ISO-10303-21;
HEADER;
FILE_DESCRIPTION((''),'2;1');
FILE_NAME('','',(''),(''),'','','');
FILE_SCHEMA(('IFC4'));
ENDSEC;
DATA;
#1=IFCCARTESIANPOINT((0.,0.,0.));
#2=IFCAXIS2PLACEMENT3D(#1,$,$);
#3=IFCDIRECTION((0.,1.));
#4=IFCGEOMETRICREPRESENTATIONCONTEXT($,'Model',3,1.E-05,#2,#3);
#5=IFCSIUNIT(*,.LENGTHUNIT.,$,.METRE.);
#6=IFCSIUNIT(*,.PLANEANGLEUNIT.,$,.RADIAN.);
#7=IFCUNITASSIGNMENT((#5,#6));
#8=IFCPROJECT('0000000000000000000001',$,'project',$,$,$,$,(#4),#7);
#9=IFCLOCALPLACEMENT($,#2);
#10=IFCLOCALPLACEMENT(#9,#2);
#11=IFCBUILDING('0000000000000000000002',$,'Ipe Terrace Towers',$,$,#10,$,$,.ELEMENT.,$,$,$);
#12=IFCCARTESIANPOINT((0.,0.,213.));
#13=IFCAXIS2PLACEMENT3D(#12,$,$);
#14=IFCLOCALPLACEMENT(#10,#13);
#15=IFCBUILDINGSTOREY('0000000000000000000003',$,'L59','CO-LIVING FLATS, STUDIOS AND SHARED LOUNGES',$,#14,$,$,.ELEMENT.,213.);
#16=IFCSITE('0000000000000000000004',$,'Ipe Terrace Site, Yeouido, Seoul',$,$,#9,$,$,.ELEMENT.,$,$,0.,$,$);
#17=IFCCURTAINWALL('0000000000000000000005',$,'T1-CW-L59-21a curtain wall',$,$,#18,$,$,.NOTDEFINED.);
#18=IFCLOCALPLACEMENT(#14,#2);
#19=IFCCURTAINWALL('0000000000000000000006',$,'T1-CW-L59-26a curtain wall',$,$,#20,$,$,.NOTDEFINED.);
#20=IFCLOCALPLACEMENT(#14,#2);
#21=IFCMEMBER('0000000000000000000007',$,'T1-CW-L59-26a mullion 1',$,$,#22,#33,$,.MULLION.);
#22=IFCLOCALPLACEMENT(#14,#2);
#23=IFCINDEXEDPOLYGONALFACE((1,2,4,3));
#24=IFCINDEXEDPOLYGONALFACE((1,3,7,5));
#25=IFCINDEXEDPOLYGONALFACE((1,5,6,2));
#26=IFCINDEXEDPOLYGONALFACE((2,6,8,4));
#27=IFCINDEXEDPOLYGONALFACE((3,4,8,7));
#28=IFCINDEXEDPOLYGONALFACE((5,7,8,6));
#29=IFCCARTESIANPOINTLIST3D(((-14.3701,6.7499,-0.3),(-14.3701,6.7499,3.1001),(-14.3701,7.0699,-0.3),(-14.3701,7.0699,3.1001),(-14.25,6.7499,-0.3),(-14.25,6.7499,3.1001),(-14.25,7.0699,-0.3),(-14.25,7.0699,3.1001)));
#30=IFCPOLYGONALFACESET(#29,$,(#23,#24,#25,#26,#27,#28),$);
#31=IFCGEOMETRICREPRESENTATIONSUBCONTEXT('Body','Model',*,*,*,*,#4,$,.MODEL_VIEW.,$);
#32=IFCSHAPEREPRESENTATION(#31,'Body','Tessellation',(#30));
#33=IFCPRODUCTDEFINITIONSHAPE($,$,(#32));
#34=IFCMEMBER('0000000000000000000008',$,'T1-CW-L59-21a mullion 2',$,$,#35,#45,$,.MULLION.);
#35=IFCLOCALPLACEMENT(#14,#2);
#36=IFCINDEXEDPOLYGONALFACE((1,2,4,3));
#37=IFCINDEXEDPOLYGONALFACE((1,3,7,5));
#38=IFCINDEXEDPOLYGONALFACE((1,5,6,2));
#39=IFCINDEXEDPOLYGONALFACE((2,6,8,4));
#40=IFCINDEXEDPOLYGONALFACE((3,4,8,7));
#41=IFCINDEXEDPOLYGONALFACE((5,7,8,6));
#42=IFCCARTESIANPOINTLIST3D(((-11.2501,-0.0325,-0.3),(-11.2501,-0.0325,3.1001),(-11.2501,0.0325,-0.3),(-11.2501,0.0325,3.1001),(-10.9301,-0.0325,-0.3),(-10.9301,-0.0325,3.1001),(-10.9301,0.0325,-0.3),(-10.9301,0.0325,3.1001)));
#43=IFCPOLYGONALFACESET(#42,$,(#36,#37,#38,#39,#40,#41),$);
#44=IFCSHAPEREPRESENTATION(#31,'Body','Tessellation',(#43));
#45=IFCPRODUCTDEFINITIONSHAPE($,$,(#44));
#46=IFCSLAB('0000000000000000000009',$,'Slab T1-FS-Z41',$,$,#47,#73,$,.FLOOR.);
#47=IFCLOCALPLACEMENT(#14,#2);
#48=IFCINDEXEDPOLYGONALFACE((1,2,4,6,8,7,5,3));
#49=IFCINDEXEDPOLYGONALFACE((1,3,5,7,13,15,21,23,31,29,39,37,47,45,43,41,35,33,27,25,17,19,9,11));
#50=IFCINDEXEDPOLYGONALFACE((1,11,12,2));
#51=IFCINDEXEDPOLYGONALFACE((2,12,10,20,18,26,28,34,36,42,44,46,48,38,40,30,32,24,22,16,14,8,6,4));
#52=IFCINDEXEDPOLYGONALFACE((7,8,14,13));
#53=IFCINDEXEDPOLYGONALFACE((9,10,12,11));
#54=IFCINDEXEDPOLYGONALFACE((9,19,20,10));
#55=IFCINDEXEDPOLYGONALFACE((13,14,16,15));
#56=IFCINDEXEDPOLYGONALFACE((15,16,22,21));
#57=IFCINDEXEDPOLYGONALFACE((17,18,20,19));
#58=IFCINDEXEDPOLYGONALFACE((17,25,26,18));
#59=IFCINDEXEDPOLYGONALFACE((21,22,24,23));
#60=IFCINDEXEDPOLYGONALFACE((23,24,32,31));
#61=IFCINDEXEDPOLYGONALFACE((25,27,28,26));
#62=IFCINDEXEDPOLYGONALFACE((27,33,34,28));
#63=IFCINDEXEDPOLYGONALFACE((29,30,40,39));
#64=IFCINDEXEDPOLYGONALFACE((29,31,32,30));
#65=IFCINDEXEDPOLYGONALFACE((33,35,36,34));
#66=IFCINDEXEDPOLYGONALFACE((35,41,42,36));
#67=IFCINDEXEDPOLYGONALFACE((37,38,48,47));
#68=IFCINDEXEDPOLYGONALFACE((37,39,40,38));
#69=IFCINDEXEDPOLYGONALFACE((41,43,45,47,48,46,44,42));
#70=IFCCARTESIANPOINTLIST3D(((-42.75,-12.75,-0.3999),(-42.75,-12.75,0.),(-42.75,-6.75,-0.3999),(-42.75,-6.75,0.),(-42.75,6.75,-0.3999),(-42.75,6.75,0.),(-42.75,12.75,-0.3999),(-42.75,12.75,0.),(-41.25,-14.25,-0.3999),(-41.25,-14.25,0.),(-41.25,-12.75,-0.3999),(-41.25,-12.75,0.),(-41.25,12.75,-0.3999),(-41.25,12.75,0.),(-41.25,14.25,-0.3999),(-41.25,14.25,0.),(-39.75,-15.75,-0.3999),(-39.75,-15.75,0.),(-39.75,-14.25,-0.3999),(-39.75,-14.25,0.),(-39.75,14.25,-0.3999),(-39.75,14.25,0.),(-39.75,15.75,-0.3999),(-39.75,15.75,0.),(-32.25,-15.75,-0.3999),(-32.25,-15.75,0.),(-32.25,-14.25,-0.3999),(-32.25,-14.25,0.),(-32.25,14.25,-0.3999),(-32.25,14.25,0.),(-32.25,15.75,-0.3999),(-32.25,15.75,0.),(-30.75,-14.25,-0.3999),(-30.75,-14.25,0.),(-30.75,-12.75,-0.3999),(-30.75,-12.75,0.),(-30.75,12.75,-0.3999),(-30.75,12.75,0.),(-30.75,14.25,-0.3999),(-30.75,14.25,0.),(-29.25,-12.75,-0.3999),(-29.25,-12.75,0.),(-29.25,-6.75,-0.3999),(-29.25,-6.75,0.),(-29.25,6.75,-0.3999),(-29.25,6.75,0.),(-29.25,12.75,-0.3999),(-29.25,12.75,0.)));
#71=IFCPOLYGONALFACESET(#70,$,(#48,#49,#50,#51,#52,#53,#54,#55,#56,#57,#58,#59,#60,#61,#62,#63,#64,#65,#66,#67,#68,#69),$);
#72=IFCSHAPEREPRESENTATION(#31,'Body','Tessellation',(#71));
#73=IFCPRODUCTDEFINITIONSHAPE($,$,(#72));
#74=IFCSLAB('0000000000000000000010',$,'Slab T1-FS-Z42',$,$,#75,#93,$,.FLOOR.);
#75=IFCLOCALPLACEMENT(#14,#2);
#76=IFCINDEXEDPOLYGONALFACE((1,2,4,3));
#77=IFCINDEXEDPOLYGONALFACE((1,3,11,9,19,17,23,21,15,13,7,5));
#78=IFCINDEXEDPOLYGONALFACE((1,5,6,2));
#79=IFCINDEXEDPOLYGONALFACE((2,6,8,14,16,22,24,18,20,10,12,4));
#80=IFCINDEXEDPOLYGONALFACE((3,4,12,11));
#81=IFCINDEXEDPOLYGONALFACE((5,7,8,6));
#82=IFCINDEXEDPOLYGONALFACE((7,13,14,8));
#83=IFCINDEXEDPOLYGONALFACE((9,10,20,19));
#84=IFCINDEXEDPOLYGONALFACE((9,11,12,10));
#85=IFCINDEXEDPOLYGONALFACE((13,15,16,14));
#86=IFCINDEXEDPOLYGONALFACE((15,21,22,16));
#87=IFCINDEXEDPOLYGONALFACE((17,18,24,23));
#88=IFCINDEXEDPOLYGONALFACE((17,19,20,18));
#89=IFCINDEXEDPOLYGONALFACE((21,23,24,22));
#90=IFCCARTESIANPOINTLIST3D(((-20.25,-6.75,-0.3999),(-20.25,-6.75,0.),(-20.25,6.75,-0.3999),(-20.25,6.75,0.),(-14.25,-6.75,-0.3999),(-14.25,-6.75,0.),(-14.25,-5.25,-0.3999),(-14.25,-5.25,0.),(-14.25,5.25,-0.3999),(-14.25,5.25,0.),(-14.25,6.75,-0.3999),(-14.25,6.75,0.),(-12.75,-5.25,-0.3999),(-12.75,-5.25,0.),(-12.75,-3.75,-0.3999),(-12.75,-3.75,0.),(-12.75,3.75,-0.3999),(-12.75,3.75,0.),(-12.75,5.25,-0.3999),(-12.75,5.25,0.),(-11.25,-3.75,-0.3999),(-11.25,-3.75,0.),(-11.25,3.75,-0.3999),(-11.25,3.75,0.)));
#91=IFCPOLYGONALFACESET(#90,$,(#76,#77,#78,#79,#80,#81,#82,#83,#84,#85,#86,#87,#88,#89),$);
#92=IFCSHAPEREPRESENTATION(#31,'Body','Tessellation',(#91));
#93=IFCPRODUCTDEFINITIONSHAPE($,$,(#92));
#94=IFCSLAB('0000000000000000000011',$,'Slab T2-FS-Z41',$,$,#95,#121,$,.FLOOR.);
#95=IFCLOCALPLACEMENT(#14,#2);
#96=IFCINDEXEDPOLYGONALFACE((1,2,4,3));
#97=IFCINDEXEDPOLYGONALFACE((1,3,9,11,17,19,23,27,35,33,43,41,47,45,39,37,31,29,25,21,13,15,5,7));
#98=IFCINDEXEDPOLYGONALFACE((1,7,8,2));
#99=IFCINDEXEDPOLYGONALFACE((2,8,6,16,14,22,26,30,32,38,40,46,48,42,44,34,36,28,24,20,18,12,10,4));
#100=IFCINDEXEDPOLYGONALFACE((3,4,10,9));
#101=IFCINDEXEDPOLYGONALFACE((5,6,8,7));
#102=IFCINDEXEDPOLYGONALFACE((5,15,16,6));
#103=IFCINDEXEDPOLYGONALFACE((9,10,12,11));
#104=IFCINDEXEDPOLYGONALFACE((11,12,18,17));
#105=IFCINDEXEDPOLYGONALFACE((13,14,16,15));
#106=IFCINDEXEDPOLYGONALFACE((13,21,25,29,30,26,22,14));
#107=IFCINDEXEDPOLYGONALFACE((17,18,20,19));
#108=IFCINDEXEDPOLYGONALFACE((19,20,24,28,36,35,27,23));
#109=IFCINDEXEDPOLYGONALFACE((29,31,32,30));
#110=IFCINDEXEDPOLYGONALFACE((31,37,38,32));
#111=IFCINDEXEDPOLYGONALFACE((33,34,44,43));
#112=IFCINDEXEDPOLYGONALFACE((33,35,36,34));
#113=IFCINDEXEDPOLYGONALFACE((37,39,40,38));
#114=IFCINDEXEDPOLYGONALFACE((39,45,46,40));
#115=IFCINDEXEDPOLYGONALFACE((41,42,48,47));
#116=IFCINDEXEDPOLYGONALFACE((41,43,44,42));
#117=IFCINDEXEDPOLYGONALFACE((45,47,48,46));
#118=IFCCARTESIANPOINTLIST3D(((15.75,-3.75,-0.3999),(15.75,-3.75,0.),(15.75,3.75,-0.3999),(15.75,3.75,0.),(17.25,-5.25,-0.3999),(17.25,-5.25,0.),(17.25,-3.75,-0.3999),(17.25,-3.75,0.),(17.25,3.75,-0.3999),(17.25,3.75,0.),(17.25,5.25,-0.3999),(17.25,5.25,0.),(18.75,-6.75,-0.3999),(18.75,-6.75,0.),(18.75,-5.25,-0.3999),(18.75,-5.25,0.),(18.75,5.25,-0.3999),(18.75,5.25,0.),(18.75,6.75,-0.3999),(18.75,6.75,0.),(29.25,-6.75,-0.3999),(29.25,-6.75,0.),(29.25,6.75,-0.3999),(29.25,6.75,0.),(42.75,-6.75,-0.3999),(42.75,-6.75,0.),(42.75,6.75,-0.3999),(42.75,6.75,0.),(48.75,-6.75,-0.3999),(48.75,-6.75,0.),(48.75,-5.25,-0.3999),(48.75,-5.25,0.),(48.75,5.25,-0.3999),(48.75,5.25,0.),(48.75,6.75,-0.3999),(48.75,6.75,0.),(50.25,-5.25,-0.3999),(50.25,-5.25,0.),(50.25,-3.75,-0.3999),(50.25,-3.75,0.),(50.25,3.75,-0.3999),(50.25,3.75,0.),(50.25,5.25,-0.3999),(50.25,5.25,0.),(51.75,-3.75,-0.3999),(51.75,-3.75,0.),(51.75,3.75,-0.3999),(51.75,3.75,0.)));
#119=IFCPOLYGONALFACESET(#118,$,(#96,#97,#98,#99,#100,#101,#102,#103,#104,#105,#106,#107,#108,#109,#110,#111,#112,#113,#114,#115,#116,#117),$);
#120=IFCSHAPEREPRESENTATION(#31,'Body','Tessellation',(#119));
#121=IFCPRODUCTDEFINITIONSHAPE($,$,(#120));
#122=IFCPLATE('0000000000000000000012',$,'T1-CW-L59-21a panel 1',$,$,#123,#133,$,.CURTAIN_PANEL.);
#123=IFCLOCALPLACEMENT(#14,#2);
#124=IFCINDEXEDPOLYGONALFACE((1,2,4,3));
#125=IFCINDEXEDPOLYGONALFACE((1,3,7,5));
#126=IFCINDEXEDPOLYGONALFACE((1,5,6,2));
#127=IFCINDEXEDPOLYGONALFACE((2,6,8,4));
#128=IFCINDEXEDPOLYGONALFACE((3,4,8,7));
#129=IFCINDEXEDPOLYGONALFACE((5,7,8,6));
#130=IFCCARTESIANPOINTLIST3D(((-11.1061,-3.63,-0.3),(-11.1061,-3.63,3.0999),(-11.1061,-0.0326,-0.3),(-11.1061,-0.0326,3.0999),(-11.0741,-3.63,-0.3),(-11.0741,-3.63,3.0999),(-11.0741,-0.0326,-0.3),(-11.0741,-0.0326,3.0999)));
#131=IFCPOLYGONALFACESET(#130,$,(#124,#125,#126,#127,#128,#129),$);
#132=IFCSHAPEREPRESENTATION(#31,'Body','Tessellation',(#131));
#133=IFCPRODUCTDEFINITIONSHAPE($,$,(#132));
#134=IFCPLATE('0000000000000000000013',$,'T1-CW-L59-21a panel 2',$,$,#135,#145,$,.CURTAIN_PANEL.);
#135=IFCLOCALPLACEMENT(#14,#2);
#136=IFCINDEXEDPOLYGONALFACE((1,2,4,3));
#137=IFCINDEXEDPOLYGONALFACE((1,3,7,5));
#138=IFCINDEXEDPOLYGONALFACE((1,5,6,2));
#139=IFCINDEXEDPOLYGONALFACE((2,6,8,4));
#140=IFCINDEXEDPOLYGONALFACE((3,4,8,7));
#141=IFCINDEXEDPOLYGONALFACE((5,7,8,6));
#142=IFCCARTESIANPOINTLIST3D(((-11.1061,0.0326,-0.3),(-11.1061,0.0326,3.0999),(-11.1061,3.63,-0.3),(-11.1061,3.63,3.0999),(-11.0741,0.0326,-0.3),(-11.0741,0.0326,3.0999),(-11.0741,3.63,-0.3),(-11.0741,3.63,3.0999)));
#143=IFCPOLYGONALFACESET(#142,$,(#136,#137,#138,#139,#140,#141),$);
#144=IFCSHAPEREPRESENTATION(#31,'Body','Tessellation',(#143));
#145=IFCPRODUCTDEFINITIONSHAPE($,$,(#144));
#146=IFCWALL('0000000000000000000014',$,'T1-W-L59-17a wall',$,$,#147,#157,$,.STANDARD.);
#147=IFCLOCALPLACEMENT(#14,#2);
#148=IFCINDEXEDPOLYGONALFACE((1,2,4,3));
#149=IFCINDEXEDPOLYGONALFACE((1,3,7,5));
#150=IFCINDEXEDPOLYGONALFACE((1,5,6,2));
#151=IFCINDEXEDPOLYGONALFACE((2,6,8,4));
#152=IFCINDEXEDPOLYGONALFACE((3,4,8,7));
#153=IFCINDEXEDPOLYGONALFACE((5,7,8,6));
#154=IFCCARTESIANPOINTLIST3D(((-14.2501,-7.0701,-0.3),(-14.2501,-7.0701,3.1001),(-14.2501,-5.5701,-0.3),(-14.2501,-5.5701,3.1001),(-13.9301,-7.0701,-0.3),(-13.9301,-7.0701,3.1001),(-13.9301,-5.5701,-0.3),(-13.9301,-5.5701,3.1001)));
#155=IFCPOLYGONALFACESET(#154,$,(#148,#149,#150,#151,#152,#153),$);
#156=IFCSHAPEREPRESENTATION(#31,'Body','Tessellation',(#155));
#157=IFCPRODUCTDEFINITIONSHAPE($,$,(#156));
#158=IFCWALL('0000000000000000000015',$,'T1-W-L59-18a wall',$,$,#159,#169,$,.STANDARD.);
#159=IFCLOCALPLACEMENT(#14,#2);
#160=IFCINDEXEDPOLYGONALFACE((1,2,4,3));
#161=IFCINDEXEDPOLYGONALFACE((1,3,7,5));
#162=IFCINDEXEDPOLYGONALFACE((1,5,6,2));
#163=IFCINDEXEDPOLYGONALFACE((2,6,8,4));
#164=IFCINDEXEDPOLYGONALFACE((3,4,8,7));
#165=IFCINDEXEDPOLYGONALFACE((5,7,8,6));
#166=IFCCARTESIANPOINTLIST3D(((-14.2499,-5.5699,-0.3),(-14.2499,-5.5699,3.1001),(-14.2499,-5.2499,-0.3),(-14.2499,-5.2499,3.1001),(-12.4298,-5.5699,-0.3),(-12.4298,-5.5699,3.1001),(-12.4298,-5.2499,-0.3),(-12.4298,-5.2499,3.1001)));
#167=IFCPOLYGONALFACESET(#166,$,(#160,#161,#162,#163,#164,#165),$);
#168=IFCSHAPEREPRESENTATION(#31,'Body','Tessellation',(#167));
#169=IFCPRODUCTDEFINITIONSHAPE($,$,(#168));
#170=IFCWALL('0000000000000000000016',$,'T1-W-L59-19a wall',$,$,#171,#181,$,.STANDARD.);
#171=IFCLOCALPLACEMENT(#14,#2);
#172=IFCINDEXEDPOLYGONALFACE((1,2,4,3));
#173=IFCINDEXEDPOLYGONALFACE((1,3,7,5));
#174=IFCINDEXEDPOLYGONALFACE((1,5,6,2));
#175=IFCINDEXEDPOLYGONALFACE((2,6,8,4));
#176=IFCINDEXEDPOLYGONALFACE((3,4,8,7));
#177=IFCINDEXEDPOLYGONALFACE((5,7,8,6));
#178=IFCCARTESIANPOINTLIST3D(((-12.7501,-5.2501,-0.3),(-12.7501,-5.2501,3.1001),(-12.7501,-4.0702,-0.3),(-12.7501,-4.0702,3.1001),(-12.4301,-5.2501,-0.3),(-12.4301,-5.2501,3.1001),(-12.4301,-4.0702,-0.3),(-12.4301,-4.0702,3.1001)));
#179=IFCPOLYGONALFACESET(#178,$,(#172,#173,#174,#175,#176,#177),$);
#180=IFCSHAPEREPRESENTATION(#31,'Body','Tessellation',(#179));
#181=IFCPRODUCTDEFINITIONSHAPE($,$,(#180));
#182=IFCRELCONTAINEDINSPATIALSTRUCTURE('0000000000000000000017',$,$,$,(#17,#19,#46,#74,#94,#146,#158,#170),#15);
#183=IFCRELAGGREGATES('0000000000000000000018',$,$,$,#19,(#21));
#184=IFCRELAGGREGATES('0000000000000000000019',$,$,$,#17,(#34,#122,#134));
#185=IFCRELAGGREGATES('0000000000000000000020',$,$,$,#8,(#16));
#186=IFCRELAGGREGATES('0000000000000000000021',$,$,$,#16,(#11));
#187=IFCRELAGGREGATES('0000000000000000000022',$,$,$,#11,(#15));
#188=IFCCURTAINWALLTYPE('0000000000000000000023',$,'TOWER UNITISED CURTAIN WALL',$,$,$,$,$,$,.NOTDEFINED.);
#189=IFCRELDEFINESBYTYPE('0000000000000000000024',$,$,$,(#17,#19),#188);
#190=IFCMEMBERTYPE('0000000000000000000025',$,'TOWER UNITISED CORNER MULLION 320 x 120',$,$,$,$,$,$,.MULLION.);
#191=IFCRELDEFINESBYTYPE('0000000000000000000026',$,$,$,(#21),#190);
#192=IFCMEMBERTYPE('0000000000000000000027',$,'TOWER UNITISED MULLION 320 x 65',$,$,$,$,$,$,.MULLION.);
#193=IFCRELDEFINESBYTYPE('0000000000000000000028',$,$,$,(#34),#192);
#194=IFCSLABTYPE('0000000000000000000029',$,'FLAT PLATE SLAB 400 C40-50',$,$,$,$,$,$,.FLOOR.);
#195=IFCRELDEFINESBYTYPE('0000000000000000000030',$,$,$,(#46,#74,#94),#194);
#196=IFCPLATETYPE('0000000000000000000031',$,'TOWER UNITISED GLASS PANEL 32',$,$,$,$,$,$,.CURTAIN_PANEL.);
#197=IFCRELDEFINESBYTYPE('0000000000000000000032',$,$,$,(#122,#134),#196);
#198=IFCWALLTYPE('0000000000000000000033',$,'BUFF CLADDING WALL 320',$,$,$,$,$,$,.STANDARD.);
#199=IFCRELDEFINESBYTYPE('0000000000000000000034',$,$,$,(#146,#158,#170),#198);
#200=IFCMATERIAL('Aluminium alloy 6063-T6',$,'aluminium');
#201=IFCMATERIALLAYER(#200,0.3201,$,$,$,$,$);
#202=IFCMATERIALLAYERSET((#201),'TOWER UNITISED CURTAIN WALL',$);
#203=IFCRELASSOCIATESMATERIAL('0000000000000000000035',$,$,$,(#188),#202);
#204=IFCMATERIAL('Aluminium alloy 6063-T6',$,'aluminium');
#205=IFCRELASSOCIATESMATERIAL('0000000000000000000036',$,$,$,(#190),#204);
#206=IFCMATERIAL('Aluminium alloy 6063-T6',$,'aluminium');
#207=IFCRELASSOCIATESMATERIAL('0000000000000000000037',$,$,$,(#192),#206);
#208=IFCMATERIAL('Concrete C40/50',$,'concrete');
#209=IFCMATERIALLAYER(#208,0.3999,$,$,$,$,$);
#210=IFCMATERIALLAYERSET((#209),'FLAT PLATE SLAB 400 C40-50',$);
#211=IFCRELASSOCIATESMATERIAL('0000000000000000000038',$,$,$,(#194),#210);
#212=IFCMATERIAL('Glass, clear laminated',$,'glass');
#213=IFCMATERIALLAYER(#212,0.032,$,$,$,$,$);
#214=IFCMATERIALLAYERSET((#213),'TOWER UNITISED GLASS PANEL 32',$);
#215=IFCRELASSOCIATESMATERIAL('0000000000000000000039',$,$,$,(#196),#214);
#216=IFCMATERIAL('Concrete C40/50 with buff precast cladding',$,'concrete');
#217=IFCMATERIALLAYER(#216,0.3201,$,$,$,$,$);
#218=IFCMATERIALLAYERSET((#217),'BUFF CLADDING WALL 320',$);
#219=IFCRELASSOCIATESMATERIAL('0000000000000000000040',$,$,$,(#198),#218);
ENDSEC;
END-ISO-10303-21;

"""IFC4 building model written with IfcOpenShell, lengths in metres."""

from ifc_helpers import new_model, si_unit, direction, frame, frame_2d, origin, origin_2d, place, context, subcontext, project, spatial, polyline, rectangle, outline, extrude, material, layer, layer_set, material_profile, profile_set, type_object, element, aggregate, save


model = new_model("IFC4")

# Units and contexts
model_context = context("Model", 3, precision=1e-05, world=origin(), true_north=direction((0.0, 1.0)))
body_context = subcontext(model_context, "Body", "Model", "MODEL_VIEW")
ifc_project = project(units=[si_unit("LENGTHUNIT", "METRE"), si_unit("PLANEANGLEUNIT", "RADIAN")], contexts=[model_context])

# Site, building, storey
site_placement = place(None, origin())
site = spatial("IfcSite", under=ifc_project, at=site_placement, Name="Ipe Terrace Site, Yeouido, Seoul", CompositionType="ELEMENT", RefElevation=0.0)
building_placement = place(site_placement, origin())
building = spatial("IfcBuilding", under=site, at=building_placement, Name="Ipe Terrace Towers", CompositionType="ELEMENT")
storey_placement = place(building_placement, frame((0.0, 0.0, 213.0)))
storey = spatial("IfcBuildingStorey", under=building, at=storey_placement, Name="L59", Description="CO-LIVING FLATS, STUDIOS AND SHARED LOUNGES", CompositionType="ELEMENT", Elevation=213.0)

# Curtain wall
ifc_material_1 = material(Name="Aluminium alloy 6063-T6", Category="aluminium")
ifc_layer_1 = layer(ifc_material_1, 0.3201)
ifc_layer_set_1 = layer_set([ifc_layer_1], Name="TOWER UNITISED CURTAIN WALL")
curtain_wall_type = type_object("IfcCurtainWallType", Name="TOWER UNITISED CURTAIN WALL", PredefinedType="NOTDEFINED", material=ifc_layer_set_1)
curtain_wall_1_placement = place(storey_placement, origin())
curtain_wall_1 = element("IfcCurtainWall", 1, at=curtain_wall_1_placement, inside=storey, type_object=curtain_wall_type, Name="T1-CW-L59-21a curtain wall", PredefinedType="NOTDEFINED")
ifc_material_2 = material(Name="Aluminium alloy 6063-T6", Category="aluminium")
ifc_material_profile_1 = material_profile(ifc_material_2, rectangle(XDim=0.3201, YDim=0.1201, at=origin_2d()), Name="TOWER UNITISED CORNER MULLION 320 x 120")
ifc_profile_set_1 = profile_set([ifc_material_profile_1], Name="Aluminium alloy 6063-T6")
member_type_1 = type_object("IfcMemberType", Name="TOWER UNITISED CORNER MULLION 320 x 120", PredefinedType="MULLION", material=ifc_profile_set_1)

# Curtain wall, member
curtain_wall_2_placement = place(storey_placement, origin())
curtain_wall_2 = element("IfcCurtainWall", 2, at=curtain_wall_2_placement, inside=storey, type_object=curtain_wall_type, Name="T1-CW-L59-26a curtain wall", PredefinedType="NOTDEFINED")
member_1_placement = place(storey_placement, frame((-14.3101, 6.9099, -0.3), z_axis=(0.0, 0.0, 1.0), x_axis=(0.0, 1.0, 0.0)))
member_1 = element("IfcMember", 3, at=member_1_placement, type_object=member_type_1, Name="T1-CW-L59-26a mullion 1", PredefinedType="MULLION", context=body_context, shape_type="SweptSolid", body=[
    extrude(rectangle(XDim=0.3201, YDim=0.1201, at=origin_2d()), origin(), (0.0, 0.0, 1.0), 3.4001),
])
aggregate(curtain_wall_2, [member_1])

# Member
ifc_material_3 = material(Name="Aluminium alloy 6063-T6", Category="aluminium")
ifc_material_profile_2 = material_profile(ifc_material_3, rectangle(XDim=0.3201, YDim=0.0649, at=origin_2d()), Name="TOWER UNITISED MULLION 320 x 65")
ifc_profile_set_2 = profile_set([ifc_material_profile_2], Name="Aluminium alloy 6063-T6")
member_type_2 = type_object("IfcMemberType", Name="TOWER UNITISED MULLION 320 x 65", PredefinedType="MULLION", material=ifc_profile_set_2)
member_2_placement = place(storey_placement, frame((-11.0901, 0.0, -0.3), z_axis=(0.0, 0.0, 1.0), x_axis=(1.0, 0.0, 0.0)))
member_2 = element("IfcMember", 4, at=member_2_placement, type_object=member_type_2, Name="T1-CW-L59-21a mullion 2", PredefinedType="MULLION", context=body_context, shape_type="SweptSolid", body=[
    extrude(rectangle(XDim=0.3201, YDim=0.0649, at=origin_2d()), origin(), (0.0, 0.0, 1.0), 3.4001),
])

# Slabs
ifc_material_4 = material(Name="Concrete C40/50", Category="concrete")
ifc_layer_2 = layer(ifc_material_4, 0.3999)
ifc_layer_set_2 = layer_set([ifc_layer_2], Name="FLAT PLATE SLAB 400 C40-50")
slab_type = type_object("IfcSlabType", Name="FLAT PLATE SLAB 400 C40-50", PredefinedType="FLOOR", material=ifc_layer_set_2)
slab_1_placement = place(storey_placement, frame((0.0, 0.0, -0.3999)))
element("IfcSlab", 5, at=slab_1_placement, inside=storey, type_object=slab_type, Name="Slab T1-FS-Z41", PredefinedType="FLOOR", context=body_context, shape_type="SweptSolid", body=[
    extrude(outline(polyline([(-30.75, -12.75), (-30.75, -14.25), (-32.25, -14.25), (-32.25, -15.75), (-39.75, -15.75), (-39.75, -14.25), (-41.25, -14.25), (-41.25, -12.75), (-42.75, -12.75), (-42.75, -6.75), (-42.75, 6.75), (-42.75, 12.75), (-41.25, 12.75), (-41.25, 14.25), (-39.75, 14.25), (-39.75, 15.75), (-32.25, 15.75), (-32.25, 14.25), (-30.75, 14.25), (-30.75, 12.75), (-29.25, 12.75), (-29.25, 6.75), (-29.25, -6.75), (-29.25, -12.75), (-30.75, -12.75)])), origin(), (0.0, 0.0, 1.0), 0.3999),
])
slab_2_placement = place(storey_placement, frame((0.0, 0.0, -0.3999)))
element("IfcSlab", 6, at=slab_2_placement, inside=storey, type_object=slab_type, Name="Slab T1-FS-Z42", PredefinedType="FLOOR", context=body_context, shape_type="SweptSolid", body=[
    extrude(outline(polyline([(-14.25, 5.25), (-12.75, 5.25), (-12.75, 3.75), (-11.25, 3.75), (-11.25, -3.75), (-12.75, -3.75), (-12.75, -5.25), (-14.25, -5.25), (-14.25, -6.75), (-20.25, -6.75), (-20.25, 6.75), (-14.25, 6.75), (-14.25, 5.25)])), origin(), (0.0, 0.0, 1.0), 0.3999),
])
slab_3_placement = place(storey_placement, frame((0.0, 0.0, -0.3999)))
element("IfcSlab", 7, at=slab_3_placement, inside=storey, type_object=slab_type, Name="Slab T2-FS-Z41", PredefinedType="FLOOR", context=body_context, shape_type="SweptSolid", body=[
    extrude(outline(polyline([(48.75, 5.25), (50.25, 5.25), (50.25, 3.75), (51.75, 3.75), (51.75, -3.75), (50.25, -3.75), (50.25, -5.25), (48.75, -5.25), (48.75, -6.75), (42.75, -6.75), (29.25, -6.75), (18.75, -6.75), (18.75, -5.25), (17.25, -5.25), (17.25, -3.75), (15.75, -3.75), (15.75, 3.75), (17.25, 3.75), (17.25, 5.25), (18.75, 5.25), (18.75, 6.75), (29.25, 6.75), (42.75, 6.75), (48.75, 6.75), (48.75, 5.25)])), origin(), (0.0, 0.0, 1.0), 0.3999),
])

# Plates
ifc_material_5 = material(Name="Glass, clear laminated", Category="glass")
ifc_layer_3 = layer(ifc_material_5, 0.032)
ifc_layer_set_3 = layer_set([ifc_layer_3], Name="TOWER UNITISED GLASS PANEL 32")
plate_type = type_object("IfcPlateType", Name="TOWER UNITISED GLASS PANEL 32", PredefinedType="CURTAIN_PANEL", material=ifc_layer_set_3)
plate_1_placement = place(storey_placement, frame((-11.0901, -1.8313, -0.3), z_axis=(0.0, 0.0, 1.0), x_axis=(0.0, 1.0, 0.0)))
plate_1 = element("IfcPlate", 8, at=plate_1_placement, type_object=plate_type, Name="T1-CW-L59-21a panel 1", PredefinedType="CURTAIN_PANEL", context=body_context, shape_type="SweptSolid", body=[
    extrude(rectangle(XDim=3.5974, YDim=0.032, at=origin_2d()), origin(), (0.0, 0.0, 1.0), 3.3999),
])
plate_2_placement = place(storey_placement, frame((-11.0901, 1.8313, -0.3), z_axis=(0.0, 0.0, 1.0), x_axis=(0.0, 1.0, 0.0)))
plate_2 = element("IfcPlate", 9, at=plate_2_placement, type_object=plate_type, Name="T1-CW-L59-21a panel 2", PredefinedType="CURTAIN_PANEL", context=body_context, shape_type="SweptSolid", body=[
    extrude(rectangle(XDim=3.5974, YDim=0.032, at=origin_2d()), origin(), (0.0, 0.0, 1.0), 3.3999),
])
aggregate(curtain_wall_1, [member_2, plate_1, plate_2])

# Walls
ifc_material_6 = material(Name="Concrete C40/50 with buff precast cladding", Category="concrete")
ifc_layer_4 = layer(ifc_material_6, 0.3201)
ifc_layer_set_4 = layer_set([ifc_layer_4], Name="BUFF CLADDING WALL 320")
wall_type = type_object("IfcWallType", Name="BUFF CLADDING WALL 320", PredefinedType="STANDARD", material=ifc_layer_set_4)
wall_1_placement = place(storey_placement, frame((-14.0901, -7.0701, -0.3), z_axis=(0.0, 0.0, 1.0), x_axis=(0.0, 1.0, 0.0)))
element("IfcWall", 10, at=wall_1_placement, inside=storey, type_object=wall_type, Name="T1-W-L59-17a wall", PredefinedType="STANDARD", context=body_context, shape_type="SweptSolid", body=[
    extrude(rectangle(XDim=1.5, YDim=0.3201, at=frame_2d((0.75, 0.0))), origin(), (0.0, 0.0, 1.0), 3.4001),
])
wall_2_placement = place(storey_placement, frame((-14.25, -5.4099, -0.3), z_axis=(0.0, 0.0, 1.0), x_axis=(1.0, 0.0, 0.0)))
element("IfcWall", 11, at=wall_2_placement, inside=storey, type_object=wall_type, Name="T1-W-L59-18a wall", PredefinedType="STANDARD", context=body_context, shape_type="SweptSolid", body=[
    extrude(rectangle(XDim=1.8201, YDim=0.3201, at=frame_2d((0.9102, 0.0))), origin(), (0.0, 0.0, 1.0), 3.4001),
])
wall_3_placement = place(storey_placement, frame((-12.5901, -5.25, -0.3), z_axis=(0.0, 0.0, 1.0), x_axis=(0.0, 1.0, 0.0)))
element("IfcWall", 12, at=wall_3_placement, inside=storey, type_object=wall_type, Name="T1-W-L59-19a wall", PredefinedType="STANDARD", context=body_context, shape_type="SweptSolid", body=[
    extrude(rectangle(XDim=1.1799, YDim=0.3201, at=frame_2d((0.5898, 0.0))), origin(), (0.0, 0.0, 1.0), 3.4001),
])

save(model, "model.ifc")
